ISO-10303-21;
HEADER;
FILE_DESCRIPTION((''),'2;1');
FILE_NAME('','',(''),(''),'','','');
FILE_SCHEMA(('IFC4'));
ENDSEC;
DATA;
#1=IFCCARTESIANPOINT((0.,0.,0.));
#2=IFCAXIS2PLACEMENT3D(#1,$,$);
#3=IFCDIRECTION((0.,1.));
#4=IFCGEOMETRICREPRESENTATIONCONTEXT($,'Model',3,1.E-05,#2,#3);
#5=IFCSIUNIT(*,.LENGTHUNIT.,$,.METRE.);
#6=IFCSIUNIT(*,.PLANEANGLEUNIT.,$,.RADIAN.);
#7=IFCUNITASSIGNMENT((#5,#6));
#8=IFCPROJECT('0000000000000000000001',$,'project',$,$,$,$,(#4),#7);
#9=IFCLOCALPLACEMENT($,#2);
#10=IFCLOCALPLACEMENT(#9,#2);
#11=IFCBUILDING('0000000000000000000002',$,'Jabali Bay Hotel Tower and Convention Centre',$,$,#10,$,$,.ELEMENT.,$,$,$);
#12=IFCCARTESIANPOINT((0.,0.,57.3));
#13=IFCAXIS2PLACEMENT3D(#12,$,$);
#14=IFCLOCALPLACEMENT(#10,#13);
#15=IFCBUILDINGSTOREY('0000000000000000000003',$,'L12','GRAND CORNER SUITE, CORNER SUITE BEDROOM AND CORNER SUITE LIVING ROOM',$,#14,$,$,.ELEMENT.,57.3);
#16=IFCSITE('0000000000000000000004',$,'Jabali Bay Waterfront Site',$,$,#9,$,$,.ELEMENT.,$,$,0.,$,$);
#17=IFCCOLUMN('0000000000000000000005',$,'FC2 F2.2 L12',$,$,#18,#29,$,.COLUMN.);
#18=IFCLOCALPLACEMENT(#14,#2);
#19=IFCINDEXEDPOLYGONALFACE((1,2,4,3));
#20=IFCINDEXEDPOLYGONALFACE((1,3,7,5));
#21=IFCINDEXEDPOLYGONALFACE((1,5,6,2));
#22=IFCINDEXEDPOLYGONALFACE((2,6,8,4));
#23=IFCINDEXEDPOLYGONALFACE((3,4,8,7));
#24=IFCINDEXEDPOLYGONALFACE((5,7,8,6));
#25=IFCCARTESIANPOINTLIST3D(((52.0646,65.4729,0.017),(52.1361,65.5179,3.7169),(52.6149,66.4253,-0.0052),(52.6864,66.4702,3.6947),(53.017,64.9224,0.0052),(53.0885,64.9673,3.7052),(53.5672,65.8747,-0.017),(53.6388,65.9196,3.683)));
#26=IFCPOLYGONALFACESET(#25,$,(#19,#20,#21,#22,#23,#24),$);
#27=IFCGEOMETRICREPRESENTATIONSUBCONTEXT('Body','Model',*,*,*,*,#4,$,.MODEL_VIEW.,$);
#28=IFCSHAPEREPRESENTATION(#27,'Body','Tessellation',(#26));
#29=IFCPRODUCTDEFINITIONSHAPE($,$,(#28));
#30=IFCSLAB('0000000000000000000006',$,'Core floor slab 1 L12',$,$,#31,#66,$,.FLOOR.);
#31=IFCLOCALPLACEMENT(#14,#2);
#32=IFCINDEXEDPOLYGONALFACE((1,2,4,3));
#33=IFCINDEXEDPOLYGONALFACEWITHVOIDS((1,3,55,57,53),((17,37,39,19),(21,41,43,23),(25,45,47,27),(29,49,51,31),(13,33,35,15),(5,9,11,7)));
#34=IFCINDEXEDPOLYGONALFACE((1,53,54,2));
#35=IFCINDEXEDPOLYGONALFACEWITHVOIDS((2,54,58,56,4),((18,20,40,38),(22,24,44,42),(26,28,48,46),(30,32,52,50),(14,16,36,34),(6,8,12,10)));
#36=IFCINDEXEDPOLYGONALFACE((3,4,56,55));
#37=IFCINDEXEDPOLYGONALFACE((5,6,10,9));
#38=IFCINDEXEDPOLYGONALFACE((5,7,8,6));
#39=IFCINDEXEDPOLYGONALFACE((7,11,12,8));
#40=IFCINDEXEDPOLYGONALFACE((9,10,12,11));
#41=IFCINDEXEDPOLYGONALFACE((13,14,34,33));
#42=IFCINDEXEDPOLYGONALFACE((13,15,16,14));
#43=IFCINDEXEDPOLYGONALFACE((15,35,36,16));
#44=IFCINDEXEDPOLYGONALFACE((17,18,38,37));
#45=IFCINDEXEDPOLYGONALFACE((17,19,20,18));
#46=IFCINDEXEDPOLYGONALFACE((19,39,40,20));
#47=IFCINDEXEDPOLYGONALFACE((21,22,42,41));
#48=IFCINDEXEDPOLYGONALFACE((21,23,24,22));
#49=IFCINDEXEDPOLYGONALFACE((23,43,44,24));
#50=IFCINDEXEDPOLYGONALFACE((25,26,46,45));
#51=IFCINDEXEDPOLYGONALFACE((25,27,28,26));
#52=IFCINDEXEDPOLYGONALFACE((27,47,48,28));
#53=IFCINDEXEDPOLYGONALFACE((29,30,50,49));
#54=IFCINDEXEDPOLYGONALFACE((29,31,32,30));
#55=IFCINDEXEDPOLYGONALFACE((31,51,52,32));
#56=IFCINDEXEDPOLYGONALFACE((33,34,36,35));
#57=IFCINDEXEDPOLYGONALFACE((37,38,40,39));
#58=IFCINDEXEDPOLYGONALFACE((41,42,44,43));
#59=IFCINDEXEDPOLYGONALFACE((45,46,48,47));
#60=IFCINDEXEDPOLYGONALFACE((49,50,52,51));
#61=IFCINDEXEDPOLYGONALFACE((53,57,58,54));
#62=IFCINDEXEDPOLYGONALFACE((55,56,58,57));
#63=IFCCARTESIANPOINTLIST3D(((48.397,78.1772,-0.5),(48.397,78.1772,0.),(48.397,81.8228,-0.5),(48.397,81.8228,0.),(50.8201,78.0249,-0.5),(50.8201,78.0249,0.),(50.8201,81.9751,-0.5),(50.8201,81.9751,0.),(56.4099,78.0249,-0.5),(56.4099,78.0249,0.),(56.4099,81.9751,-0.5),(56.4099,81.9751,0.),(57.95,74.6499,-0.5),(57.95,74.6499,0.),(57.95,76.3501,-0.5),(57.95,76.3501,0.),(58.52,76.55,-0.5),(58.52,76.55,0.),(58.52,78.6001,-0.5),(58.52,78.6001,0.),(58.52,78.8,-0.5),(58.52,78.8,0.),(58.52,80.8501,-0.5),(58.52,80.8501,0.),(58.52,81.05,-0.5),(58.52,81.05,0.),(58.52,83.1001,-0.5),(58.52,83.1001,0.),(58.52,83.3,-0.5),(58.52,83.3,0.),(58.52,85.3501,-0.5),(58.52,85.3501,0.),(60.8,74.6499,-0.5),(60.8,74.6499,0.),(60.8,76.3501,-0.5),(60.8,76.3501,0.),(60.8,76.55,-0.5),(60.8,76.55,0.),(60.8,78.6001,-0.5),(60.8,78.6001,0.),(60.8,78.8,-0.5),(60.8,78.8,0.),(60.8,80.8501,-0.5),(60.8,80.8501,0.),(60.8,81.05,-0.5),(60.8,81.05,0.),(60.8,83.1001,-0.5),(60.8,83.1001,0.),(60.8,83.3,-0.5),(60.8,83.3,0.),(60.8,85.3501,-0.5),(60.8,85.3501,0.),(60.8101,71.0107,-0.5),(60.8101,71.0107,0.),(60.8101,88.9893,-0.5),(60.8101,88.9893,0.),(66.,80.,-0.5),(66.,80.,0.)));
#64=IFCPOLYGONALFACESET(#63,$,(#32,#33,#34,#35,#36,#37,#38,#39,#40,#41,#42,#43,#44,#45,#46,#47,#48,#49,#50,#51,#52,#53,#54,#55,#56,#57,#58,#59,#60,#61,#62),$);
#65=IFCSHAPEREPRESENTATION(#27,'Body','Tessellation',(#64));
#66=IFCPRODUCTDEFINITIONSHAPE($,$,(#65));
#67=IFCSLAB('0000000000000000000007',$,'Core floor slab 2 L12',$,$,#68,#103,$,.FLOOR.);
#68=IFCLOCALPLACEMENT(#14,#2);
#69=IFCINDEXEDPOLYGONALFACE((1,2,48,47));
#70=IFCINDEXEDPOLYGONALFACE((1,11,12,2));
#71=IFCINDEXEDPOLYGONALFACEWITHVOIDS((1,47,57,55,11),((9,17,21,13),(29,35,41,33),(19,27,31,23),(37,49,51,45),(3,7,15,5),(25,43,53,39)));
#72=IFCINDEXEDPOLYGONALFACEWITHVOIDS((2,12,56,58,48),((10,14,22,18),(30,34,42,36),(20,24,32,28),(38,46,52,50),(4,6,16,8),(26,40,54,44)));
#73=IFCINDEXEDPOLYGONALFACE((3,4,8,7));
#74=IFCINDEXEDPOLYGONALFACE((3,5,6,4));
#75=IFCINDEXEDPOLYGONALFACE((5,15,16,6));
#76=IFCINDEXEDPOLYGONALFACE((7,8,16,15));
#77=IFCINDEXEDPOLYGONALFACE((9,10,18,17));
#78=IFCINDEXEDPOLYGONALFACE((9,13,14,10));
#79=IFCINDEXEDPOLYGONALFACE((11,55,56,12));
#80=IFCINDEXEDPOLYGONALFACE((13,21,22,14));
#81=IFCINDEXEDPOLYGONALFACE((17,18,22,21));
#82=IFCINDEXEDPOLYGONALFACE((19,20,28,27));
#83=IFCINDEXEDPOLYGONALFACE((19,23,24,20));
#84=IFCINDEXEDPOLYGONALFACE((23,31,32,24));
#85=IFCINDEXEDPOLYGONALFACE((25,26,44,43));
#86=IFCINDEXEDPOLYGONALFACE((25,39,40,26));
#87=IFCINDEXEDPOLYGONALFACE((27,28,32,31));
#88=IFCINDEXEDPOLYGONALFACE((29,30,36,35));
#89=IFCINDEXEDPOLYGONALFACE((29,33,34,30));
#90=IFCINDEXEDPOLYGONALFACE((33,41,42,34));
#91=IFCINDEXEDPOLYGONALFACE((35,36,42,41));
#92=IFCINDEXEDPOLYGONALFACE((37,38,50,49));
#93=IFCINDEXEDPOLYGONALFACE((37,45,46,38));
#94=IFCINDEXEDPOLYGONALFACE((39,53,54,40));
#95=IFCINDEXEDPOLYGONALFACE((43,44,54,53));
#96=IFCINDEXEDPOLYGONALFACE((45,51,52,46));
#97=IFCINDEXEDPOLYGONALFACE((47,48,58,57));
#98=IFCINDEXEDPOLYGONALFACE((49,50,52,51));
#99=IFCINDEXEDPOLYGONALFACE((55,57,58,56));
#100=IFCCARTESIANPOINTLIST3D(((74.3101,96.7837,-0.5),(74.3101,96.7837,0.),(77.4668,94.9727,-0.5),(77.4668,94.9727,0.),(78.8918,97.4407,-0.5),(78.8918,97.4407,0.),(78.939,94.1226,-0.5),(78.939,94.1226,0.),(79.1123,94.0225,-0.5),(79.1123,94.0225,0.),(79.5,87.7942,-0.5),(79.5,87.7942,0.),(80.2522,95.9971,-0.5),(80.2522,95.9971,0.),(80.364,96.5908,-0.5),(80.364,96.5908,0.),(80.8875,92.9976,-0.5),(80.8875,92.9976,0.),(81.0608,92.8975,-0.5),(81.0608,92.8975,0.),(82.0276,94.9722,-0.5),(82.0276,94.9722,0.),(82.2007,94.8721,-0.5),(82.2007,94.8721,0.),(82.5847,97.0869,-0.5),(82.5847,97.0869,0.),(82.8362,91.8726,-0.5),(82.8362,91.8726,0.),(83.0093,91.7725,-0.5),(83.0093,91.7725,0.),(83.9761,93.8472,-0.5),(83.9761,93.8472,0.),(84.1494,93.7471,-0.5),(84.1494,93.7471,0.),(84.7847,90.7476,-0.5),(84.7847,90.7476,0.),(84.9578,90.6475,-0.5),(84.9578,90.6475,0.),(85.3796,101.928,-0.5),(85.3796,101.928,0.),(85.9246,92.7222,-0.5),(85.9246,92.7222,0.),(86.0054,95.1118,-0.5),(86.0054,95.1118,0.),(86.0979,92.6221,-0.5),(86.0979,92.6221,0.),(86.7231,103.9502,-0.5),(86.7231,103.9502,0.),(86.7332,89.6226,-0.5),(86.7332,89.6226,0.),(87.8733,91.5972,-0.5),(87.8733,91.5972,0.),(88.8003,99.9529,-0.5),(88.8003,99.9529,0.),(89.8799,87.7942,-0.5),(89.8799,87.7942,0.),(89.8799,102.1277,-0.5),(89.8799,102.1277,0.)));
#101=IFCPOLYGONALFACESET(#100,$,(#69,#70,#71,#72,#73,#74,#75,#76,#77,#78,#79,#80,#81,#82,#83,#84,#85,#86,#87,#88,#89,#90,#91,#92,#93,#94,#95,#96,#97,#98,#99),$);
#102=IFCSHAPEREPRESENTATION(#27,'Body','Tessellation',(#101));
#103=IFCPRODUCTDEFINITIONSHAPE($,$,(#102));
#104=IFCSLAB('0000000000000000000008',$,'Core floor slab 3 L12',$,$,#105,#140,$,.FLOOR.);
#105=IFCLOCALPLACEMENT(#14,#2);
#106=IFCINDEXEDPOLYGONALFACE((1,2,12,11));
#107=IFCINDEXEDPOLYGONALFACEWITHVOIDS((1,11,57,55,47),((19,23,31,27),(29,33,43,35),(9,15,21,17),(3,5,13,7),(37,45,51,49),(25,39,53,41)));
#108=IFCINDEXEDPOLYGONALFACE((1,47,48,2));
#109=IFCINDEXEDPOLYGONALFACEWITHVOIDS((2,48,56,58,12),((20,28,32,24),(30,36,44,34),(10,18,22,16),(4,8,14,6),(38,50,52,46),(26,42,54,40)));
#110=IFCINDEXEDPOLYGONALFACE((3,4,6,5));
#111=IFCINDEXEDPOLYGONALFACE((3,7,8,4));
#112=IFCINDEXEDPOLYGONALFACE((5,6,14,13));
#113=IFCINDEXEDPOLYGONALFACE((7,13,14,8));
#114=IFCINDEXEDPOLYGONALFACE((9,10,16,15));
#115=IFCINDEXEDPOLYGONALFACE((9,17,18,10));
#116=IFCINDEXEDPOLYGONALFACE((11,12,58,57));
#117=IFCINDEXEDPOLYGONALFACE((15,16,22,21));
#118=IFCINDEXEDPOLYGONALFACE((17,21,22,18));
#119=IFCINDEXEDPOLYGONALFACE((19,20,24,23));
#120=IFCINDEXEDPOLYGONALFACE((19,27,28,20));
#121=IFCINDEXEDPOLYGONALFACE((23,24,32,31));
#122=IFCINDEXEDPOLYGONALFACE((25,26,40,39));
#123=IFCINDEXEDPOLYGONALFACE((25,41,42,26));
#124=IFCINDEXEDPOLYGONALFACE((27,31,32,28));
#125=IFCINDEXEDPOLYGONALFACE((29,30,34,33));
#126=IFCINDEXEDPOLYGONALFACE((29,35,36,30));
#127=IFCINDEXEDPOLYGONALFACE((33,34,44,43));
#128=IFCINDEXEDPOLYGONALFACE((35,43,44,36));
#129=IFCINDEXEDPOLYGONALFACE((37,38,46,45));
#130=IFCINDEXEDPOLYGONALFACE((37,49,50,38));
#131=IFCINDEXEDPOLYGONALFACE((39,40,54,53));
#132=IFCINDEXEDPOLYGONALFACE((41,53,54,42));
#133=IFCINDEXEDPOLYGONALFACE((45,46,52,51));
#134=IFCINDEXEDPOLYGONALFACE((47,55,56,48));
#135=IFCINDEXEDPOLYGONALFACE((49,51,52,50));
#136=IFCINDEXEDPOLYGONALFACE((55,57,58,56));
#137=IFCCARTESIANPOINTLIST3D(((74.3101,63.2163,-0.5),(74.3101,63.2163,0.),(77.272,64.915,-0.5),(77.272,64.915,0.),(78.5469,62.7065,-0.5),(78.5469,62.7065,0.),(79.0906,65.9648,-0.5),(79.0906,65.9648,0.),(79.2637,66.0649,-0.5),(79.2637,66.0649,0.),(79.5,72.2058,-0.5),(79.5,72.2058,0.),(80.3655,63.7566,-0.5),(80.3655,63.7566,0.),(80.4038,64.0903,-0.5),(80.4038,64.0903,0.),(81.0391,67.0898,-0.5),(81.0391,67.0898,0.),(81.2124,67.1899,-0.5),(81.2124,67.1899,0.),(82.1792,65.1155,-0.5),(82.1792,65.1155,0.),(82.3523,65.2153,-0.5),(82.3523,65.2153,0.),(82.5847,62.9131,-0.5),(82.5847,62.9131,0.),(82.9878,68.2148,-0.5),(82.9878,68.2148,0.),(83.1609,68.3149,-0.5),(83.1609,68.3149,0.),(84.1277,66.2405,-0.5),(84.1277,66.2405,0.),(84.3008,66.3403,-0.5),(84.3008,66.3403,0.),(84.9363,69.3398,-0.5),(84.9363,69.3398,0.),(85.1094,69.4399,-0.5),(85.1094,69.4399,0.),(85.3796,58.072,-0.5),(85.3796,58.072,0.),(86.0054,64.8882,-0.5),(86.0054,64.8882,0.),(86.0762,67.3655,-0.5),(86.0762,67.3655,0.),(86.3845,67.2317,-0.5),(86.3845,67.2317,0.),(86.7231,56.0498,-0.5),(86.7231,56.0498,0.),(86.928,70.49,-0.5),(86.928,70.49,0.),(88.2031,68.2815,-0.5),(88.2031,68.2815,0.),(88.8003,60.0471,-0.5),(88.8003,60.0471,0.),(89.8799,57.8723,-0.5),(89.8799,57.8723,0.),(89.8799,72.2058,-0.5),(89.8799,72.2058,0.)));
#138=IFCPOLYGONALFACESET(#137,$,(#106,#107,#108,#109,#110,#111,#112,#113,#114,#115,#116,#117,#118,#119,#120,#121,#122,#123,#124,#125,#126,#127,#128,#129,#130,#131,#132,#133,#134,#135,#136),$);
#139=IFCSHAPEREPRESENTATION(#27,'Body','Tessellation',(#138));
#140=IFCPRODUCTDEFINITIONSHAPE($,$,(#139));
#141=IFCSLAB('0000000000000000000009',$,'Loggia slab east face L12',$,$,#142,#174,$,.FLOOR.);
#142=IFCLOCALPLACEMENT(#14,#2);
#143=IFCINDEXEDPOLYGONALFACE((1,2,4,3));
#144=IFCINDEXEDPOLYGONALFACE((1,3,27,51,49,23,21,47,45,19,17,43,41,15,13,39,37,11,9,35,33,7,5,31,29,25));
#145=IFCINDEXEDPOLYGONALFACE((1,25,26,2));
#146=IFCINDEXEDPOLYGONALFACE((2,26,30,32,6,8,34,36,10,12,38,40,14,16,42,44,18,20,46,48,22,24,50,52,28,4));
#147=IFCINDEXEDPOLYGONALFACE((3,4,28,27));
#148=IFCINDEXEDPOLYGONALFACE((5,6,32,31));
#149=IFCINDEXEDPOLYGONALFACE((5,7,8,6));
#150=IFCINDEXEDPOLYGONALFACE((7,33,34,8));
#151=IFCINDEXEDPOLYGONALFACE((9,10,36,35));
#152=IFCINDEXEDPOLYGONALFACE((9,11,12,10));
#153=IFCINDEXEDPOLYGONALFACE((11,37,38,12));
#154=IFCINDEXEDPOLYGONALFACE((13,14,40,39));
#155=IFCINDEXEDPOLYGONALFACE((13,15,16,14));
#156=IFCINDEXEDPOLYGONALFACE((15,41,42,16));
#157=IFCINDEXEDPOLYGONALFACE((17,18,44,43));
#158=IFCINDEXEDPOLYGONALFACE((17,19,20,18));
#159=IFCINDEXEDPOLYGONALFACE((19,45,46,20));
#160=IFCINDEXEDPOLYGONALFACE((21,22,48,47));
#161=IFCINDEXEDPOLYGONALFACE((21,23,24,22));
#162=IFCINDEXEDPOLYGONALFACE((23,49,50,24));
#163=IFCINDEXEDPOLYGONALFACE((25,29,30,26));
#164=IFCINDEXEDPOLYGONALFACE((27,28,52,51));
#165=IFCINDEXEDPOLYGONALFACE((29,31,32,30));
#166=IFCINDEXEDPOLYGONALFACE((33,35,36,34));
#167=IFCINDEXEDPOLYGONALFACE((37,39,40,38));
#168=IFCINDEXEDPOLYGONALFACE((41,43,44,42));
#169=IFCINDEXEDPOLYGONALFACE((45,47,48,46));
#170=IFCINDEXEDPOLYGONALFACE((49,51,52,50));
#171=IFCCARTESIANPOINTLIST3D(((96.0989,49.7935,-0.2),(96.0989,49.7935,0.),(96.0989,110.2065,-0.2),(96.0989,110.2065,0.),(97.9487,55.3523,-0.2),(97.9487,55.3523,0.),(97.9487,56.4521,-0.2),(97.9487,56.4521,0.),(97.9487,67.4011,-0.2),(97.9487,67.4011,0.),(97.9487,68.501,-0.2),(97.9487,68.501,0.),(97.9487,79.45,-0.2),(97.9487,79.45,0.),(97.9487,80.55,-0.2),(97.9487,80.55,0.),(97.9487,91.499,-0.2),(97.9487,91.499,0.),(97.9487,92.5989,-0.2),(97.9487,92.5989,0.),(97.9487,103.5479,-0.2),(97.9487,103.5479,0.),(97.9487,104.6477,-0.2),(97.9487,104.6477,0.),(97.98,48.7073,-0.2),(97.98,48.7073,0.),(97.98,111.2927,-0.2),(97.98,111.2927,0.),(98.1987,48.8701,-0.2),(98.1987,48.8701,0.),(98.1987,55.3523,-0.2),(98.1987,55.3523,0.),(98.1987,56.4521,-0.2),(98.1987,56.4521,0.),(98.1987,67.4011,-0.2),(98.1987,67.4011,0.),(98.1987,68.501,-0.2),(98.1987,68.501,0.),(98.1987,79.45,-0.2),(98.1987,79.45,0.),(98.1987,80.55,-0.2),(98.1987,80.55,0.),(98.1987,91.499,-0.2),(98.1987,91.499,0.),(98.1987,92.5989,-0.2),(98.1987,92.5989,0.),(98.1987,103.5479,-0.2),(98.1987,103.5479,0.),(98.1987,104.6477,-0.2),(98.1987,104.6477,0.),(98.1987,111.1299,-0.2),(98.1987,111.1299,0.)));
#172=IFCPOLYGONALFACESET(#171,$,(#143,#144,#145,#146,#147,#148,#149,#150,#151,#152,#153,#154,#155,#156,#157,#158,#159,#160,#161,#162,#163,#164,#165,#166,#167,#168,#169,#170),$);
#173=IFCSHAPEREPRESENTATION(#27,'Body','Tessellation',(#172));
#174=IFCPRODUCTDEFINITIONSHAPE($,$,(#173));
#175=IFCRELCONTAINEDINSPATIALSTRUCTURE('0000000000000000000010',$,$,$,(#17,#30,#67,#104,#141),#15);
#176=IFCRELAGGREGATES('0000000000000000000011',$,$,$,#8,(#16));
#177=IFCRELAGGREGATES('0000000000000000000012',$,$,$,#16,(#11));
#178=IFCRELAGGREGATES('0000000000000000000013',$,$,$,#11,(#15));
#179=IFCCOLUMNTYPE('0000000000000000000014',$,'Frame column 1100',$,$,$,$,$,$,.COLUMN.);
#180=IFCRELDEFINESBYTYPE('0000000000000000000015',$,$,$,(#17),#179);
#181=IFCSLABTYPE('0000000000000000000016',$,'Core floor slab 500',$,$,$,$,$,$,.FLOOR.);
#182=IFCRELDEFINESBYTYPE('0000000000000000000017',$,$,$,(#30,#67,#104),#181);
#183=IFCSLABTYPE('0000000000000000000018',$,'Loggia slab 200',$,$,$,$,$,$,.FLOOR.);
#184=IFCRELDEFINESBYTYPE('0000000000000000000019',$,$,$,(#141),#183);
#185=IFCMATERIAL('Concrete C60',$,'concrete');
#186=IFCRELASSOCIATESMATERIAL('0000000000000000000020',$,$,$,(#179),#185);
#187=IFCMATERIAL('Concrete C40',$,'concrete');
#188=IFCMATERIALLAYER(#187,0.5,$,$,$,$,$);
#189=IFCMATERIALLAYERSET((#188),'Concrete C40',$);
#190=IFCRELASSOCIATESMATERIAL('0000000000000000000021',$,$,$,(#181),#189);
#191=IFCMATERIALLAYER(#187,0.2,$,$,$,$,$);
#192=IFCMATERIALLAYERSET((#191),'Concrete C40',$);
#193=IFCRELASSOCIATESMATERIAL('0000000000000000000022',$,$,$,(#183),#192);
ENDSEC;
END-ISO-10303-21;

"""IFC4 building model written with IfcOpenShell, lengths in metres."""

from ifc_helpers import new_model, si_unit, direction, frame, origin, origin_2d, place, context, subcontext, project, spatial, polyline, rectangle, outline, extrude, material, layer, layer_set, material_profile, profile_set, type_object, element, save


model = new_model("IFC4")

# Units and contexts
model_context = context("Model", 3, precision=1e-05, world=origin(), true_north=direction((0.0, 1.0)))
body_context = subcontext(model_context, "Body", "Model", "MODEL_VIEW")
ifc_project = project(units=[si_unit("LENGTHUNIT", "METRE"), si_unit("PLANEANGLEUNIT", "RADIAN")], contexts=[model_context])

# Site, building, storey
site_placement = place(None, origin())
site = spatial("IfcSite", under=ifc_project, at=site_placement, Name="Jabali Bay Waterfront Site", CompositionType="ELEMENT", RefElevation=0.0)
building_placement = place(site_placement, origin())
building = spatial("IfcBuilding", under=site, at=building_placement, Name="Jabali Bay Hotel Tower and Convention Centre", CompositionType="ELEMENT")
storey_placement = place(building_placement, frame((0.0, 0.0, 57.3)))
storey = spatial("IfcBuildingStorey", under=building, at=storey_placement, Name="L12", Description="GRAND CORNER SUITE, CORNER SUITE BEDROOM AND CORNER SUITE LIVING ROOM", CompositionType="ELEMENT", Elevation=57.3)

# Column
ifc_material_1 = material(Name="Concrete C60", Category="concrete")
ifc_material_profile = material_profile(ifc_material_1, rectangle(XDim=1.1001, YDim=1.1001, at=origin_2d()), Name="Frame column 1100")
ifc_profile_set = profile_set([ifc_material_profile], Name="Concrete C60")
column_type = type_object("IfcColumnType", Name="Frame column 1100", PredefinedType="COLUMN", material=ifc_profile_set)
column_placement = place(storey_placement, frame((52.8159, 65.6738, 0.0), z_axis=(0.019329, 0.012138, 0.99974), x_axis=(-0.865691, 0.500465, 0.010661)))
element("IfcColumn", 1, at=column_placement, inside=storey, type_object=column_type, Name="FC2 F2.2 L12", PredefinedType="COLUMN", context=body_context, shape_type="SweptSolid", body=[
    extrude(rectangle(XDim=1.1001, YDim=1.1001, at=origin_2d()), origin(), (0.0, 0.0, 1.0), 3.7009),
])

# Slabs
ifc_material_2 = material(Name="Concrete C40", Category="concrete")
ifc_layer_1 = layer(ifc_material_2, 0.5)
ifc_layer_set_1 = layer_set([ifc_layer_1], Name="Concrete C40")
slab_type_1 = type_object("IfcSlabType", Name="Core floor slab 500", PredefinedType="FLOOR", material=ifc_layer_set_1)
slab_1_placement = place(storey_placement, frame((0.0, 0.0, -0.5)))
element("IfcSlab", 2, at=slab_1_placement, inside=storey, type_object=slab_type_1, Name="Core floor slab 1 L12", PredefinedType="FLOOR", context=body_context, shape_type="SweptSolid", body=[
    extrude(outline(polyline([(66.0, 80.0), (60.8101, 88.9893), (48.397, 81.8228), (48.397, 78.1772), (60.8101, 71.0107), (66.0, 80.0)]), holes=[polyline([(60.8, 74.6499), (60.8, 76.3501), (57.95, 76.3501), (57.95, 74.6499), (60.8, 74.6499)]), polyline([(58.52, 76.55), (60.8, 76.55), (60.8, 78.6001), (58.52, 78.6001), (58.52, 76.55)]), polyline([(58.52, 78.8), (60.8, 78.8), (60.8, 80.8501), (58.52, 80.8501), (58.52, 78.8)]), polyline([(56.4099, 81.9751), (50.8201, 81.9751), (50.8201, 78.0249), (56.4099, 78.0249), (56.4099, 81.9751)]), polyline([(58.52, 81.05), (60.8, 81.05), (60.8, 83.1001), (58.52, 83.1001), (58.52, 81.05)]), polyline([(58.52, 83.3), (60.8, 83.3), (60.8, 85.3501), (58.52, 85.3501), (58.52, 83.3)])]), origin(), (0.0, 0.0, 1.0), 0.5),
])
slab_2_placement = place(storey_placement, frame((0.0, 0.0, -0.5)))
element("IfcSlab", 3, at=slab_2_placement, inside=storey, type_object=slab_type_1, Name="Core floor slab 2 L12", PredefinedType="FLOOR", context=body_context, shape_type="SweptSolid", body=[
    extrude(outline(polyline([(79.5, 87.7942), (89.8799, 87.7942), (89.8799, 102.1277), (86.7231, 103.9502), (74.3101, 96.7837), (79.5, 87.7942)]), holes=[polyline([(84.9578, 90.6475), (86.7332, 89.6226), (87.8733, 91.5972), (86.0979, 92.6221), (84.9578, 90.6475)]), polyline([(84.1494, 93.7471), (83.0093, 91.7725), (84.7847, 90.7476), (85.9246, 92.7222), (84.1494, 93.7471)]), polyline([(82.2007, 94.8721), (81.0608, 92.8975), (82.8362, 91.8726), (83.9761, 93.8472), (82.2007, 94.8721)]), polyline([(79.1123, 94.0225), (80.8875, 92.9976), (82.0276, 94.9722), (80.2522, 95.9971), (79.1123, 94.0225)]), polyline([(78.8918, 97.4407), (77.4668, 94.9727), (78.939, 94.1226), (80.364, 96.5908), (78.8918, 97.4407)]), polyline([(82.5847, 97.0869), (86.0054, 95.1118), (88.8003, 99.9529), (85.3796, 101.928), (82.5847, 97.0869)])]), origin(), (0.0, 0.0, 1.0), 0.5),
])
slab_3_placement = place(storey_placement, frame((0.0, 0.0, -0.5)))
element("IfcSlab", 4, at=slab_3_placement, inside=storey, type_object=slab_type_1, Name="Core floor slab 3 L12", PredefinedType="FLOOR", context=body_context, shape_type="SweptSolid", body=[
    extrude(outline(polyline([(79.5, 72.2058), (74.3101, 63.2163), (86.7231, 56.0498), (89.8799, 57.8723), (89.8799, 72.2058), (79.5, 72.2058)]), holes=[polyline([(82.5847, 62.9131), (85.3796, 58.072), (88.8003, 60.0471), (86.0054, 64.8882), (82.5847, 62.9131)]), polyline([(80.3655, 63.7566), (79.0906, 65.9648), (77.272, 64.915), (78.5469, 62.7065), (80.3655, 63.7566)]), polyline([(82.1792, 65.1155), (81.0391, 67.0898), (79.2637, 66.0649), (80.4038, 64.0903), (82.1792, 65.1155)]), polyline([(82.9878, 68.2148), (81.2124, 67.1899), (82.3523, 65.2153), (84.1277, 66.2405), (82.9878, 68.2148)]), polyline([(86.0762, 67.3655), (84.9363, 69.3398), (83.1609, 68.3149), (84.3008, 66.3403), (86.0762, 67.3655)]), polyline([(88.2031, 68.2815), (86.928, 70.49), (85.1094, 69.4399), (86.3845, 67.2317), (88.2031, 68.2815)])]), origin(), (0.0, 0.0, 1.0), 0.5),
])
ifc_layer_2 = layer(ifc_material_2, 0.2)
ifc_layer_set_2 = layer_set([ifc_layer_2], Name="Concrete C40")
slab_type_2 = type_object("IfcSlabType", Name="Loggia slab 200", PredefinedType="FLOOR", material=ifc_layer_set_2)
slab_4_placement = place(storey_placement, frame((0.0, 0.0, -0.2)))
element("IfcSlab", 5, at=slab_4_placement, inside=storey, type_object=slab_type_2, Name="Loggia slab east face L12", PredefinedType="FLOOR", context=body_context, shape_type="SweptSolid", body=[
    extrude(outline(polyline([(96.0989, 110.2065), (97.98, 111.2927), (98.1987, 111.1299), (98.1987, 104.6477), (97.9487, 104.6477), (97.9487, 103.5479), (98.1987, 103.5479), (98.1987, 92.5989), (97.9487, 92.5989), (97.9487, 91.499), (98.1987, 91.499), (98.1987, 80.55), (97.9487, 80.55), (97.9487, 79.45), (98.1987, 79.45), (98.1987, 68.501), (97.9487, 68.501), (97.9487, 67.4011), (98.1987, 67.4011), (98.1987, 56.4521), (97.9487, 56.4521), (97.9487, 55.3523), (98.1987, 55.3523), (98.1987, 48.8701), (97.98, 48.7073), (96.0989, 49.7935), (96.0989, 110.2065)])), origin(), (0.0, 0.0, 1.0), 0.2),
])

save(model, "model.ifc")
